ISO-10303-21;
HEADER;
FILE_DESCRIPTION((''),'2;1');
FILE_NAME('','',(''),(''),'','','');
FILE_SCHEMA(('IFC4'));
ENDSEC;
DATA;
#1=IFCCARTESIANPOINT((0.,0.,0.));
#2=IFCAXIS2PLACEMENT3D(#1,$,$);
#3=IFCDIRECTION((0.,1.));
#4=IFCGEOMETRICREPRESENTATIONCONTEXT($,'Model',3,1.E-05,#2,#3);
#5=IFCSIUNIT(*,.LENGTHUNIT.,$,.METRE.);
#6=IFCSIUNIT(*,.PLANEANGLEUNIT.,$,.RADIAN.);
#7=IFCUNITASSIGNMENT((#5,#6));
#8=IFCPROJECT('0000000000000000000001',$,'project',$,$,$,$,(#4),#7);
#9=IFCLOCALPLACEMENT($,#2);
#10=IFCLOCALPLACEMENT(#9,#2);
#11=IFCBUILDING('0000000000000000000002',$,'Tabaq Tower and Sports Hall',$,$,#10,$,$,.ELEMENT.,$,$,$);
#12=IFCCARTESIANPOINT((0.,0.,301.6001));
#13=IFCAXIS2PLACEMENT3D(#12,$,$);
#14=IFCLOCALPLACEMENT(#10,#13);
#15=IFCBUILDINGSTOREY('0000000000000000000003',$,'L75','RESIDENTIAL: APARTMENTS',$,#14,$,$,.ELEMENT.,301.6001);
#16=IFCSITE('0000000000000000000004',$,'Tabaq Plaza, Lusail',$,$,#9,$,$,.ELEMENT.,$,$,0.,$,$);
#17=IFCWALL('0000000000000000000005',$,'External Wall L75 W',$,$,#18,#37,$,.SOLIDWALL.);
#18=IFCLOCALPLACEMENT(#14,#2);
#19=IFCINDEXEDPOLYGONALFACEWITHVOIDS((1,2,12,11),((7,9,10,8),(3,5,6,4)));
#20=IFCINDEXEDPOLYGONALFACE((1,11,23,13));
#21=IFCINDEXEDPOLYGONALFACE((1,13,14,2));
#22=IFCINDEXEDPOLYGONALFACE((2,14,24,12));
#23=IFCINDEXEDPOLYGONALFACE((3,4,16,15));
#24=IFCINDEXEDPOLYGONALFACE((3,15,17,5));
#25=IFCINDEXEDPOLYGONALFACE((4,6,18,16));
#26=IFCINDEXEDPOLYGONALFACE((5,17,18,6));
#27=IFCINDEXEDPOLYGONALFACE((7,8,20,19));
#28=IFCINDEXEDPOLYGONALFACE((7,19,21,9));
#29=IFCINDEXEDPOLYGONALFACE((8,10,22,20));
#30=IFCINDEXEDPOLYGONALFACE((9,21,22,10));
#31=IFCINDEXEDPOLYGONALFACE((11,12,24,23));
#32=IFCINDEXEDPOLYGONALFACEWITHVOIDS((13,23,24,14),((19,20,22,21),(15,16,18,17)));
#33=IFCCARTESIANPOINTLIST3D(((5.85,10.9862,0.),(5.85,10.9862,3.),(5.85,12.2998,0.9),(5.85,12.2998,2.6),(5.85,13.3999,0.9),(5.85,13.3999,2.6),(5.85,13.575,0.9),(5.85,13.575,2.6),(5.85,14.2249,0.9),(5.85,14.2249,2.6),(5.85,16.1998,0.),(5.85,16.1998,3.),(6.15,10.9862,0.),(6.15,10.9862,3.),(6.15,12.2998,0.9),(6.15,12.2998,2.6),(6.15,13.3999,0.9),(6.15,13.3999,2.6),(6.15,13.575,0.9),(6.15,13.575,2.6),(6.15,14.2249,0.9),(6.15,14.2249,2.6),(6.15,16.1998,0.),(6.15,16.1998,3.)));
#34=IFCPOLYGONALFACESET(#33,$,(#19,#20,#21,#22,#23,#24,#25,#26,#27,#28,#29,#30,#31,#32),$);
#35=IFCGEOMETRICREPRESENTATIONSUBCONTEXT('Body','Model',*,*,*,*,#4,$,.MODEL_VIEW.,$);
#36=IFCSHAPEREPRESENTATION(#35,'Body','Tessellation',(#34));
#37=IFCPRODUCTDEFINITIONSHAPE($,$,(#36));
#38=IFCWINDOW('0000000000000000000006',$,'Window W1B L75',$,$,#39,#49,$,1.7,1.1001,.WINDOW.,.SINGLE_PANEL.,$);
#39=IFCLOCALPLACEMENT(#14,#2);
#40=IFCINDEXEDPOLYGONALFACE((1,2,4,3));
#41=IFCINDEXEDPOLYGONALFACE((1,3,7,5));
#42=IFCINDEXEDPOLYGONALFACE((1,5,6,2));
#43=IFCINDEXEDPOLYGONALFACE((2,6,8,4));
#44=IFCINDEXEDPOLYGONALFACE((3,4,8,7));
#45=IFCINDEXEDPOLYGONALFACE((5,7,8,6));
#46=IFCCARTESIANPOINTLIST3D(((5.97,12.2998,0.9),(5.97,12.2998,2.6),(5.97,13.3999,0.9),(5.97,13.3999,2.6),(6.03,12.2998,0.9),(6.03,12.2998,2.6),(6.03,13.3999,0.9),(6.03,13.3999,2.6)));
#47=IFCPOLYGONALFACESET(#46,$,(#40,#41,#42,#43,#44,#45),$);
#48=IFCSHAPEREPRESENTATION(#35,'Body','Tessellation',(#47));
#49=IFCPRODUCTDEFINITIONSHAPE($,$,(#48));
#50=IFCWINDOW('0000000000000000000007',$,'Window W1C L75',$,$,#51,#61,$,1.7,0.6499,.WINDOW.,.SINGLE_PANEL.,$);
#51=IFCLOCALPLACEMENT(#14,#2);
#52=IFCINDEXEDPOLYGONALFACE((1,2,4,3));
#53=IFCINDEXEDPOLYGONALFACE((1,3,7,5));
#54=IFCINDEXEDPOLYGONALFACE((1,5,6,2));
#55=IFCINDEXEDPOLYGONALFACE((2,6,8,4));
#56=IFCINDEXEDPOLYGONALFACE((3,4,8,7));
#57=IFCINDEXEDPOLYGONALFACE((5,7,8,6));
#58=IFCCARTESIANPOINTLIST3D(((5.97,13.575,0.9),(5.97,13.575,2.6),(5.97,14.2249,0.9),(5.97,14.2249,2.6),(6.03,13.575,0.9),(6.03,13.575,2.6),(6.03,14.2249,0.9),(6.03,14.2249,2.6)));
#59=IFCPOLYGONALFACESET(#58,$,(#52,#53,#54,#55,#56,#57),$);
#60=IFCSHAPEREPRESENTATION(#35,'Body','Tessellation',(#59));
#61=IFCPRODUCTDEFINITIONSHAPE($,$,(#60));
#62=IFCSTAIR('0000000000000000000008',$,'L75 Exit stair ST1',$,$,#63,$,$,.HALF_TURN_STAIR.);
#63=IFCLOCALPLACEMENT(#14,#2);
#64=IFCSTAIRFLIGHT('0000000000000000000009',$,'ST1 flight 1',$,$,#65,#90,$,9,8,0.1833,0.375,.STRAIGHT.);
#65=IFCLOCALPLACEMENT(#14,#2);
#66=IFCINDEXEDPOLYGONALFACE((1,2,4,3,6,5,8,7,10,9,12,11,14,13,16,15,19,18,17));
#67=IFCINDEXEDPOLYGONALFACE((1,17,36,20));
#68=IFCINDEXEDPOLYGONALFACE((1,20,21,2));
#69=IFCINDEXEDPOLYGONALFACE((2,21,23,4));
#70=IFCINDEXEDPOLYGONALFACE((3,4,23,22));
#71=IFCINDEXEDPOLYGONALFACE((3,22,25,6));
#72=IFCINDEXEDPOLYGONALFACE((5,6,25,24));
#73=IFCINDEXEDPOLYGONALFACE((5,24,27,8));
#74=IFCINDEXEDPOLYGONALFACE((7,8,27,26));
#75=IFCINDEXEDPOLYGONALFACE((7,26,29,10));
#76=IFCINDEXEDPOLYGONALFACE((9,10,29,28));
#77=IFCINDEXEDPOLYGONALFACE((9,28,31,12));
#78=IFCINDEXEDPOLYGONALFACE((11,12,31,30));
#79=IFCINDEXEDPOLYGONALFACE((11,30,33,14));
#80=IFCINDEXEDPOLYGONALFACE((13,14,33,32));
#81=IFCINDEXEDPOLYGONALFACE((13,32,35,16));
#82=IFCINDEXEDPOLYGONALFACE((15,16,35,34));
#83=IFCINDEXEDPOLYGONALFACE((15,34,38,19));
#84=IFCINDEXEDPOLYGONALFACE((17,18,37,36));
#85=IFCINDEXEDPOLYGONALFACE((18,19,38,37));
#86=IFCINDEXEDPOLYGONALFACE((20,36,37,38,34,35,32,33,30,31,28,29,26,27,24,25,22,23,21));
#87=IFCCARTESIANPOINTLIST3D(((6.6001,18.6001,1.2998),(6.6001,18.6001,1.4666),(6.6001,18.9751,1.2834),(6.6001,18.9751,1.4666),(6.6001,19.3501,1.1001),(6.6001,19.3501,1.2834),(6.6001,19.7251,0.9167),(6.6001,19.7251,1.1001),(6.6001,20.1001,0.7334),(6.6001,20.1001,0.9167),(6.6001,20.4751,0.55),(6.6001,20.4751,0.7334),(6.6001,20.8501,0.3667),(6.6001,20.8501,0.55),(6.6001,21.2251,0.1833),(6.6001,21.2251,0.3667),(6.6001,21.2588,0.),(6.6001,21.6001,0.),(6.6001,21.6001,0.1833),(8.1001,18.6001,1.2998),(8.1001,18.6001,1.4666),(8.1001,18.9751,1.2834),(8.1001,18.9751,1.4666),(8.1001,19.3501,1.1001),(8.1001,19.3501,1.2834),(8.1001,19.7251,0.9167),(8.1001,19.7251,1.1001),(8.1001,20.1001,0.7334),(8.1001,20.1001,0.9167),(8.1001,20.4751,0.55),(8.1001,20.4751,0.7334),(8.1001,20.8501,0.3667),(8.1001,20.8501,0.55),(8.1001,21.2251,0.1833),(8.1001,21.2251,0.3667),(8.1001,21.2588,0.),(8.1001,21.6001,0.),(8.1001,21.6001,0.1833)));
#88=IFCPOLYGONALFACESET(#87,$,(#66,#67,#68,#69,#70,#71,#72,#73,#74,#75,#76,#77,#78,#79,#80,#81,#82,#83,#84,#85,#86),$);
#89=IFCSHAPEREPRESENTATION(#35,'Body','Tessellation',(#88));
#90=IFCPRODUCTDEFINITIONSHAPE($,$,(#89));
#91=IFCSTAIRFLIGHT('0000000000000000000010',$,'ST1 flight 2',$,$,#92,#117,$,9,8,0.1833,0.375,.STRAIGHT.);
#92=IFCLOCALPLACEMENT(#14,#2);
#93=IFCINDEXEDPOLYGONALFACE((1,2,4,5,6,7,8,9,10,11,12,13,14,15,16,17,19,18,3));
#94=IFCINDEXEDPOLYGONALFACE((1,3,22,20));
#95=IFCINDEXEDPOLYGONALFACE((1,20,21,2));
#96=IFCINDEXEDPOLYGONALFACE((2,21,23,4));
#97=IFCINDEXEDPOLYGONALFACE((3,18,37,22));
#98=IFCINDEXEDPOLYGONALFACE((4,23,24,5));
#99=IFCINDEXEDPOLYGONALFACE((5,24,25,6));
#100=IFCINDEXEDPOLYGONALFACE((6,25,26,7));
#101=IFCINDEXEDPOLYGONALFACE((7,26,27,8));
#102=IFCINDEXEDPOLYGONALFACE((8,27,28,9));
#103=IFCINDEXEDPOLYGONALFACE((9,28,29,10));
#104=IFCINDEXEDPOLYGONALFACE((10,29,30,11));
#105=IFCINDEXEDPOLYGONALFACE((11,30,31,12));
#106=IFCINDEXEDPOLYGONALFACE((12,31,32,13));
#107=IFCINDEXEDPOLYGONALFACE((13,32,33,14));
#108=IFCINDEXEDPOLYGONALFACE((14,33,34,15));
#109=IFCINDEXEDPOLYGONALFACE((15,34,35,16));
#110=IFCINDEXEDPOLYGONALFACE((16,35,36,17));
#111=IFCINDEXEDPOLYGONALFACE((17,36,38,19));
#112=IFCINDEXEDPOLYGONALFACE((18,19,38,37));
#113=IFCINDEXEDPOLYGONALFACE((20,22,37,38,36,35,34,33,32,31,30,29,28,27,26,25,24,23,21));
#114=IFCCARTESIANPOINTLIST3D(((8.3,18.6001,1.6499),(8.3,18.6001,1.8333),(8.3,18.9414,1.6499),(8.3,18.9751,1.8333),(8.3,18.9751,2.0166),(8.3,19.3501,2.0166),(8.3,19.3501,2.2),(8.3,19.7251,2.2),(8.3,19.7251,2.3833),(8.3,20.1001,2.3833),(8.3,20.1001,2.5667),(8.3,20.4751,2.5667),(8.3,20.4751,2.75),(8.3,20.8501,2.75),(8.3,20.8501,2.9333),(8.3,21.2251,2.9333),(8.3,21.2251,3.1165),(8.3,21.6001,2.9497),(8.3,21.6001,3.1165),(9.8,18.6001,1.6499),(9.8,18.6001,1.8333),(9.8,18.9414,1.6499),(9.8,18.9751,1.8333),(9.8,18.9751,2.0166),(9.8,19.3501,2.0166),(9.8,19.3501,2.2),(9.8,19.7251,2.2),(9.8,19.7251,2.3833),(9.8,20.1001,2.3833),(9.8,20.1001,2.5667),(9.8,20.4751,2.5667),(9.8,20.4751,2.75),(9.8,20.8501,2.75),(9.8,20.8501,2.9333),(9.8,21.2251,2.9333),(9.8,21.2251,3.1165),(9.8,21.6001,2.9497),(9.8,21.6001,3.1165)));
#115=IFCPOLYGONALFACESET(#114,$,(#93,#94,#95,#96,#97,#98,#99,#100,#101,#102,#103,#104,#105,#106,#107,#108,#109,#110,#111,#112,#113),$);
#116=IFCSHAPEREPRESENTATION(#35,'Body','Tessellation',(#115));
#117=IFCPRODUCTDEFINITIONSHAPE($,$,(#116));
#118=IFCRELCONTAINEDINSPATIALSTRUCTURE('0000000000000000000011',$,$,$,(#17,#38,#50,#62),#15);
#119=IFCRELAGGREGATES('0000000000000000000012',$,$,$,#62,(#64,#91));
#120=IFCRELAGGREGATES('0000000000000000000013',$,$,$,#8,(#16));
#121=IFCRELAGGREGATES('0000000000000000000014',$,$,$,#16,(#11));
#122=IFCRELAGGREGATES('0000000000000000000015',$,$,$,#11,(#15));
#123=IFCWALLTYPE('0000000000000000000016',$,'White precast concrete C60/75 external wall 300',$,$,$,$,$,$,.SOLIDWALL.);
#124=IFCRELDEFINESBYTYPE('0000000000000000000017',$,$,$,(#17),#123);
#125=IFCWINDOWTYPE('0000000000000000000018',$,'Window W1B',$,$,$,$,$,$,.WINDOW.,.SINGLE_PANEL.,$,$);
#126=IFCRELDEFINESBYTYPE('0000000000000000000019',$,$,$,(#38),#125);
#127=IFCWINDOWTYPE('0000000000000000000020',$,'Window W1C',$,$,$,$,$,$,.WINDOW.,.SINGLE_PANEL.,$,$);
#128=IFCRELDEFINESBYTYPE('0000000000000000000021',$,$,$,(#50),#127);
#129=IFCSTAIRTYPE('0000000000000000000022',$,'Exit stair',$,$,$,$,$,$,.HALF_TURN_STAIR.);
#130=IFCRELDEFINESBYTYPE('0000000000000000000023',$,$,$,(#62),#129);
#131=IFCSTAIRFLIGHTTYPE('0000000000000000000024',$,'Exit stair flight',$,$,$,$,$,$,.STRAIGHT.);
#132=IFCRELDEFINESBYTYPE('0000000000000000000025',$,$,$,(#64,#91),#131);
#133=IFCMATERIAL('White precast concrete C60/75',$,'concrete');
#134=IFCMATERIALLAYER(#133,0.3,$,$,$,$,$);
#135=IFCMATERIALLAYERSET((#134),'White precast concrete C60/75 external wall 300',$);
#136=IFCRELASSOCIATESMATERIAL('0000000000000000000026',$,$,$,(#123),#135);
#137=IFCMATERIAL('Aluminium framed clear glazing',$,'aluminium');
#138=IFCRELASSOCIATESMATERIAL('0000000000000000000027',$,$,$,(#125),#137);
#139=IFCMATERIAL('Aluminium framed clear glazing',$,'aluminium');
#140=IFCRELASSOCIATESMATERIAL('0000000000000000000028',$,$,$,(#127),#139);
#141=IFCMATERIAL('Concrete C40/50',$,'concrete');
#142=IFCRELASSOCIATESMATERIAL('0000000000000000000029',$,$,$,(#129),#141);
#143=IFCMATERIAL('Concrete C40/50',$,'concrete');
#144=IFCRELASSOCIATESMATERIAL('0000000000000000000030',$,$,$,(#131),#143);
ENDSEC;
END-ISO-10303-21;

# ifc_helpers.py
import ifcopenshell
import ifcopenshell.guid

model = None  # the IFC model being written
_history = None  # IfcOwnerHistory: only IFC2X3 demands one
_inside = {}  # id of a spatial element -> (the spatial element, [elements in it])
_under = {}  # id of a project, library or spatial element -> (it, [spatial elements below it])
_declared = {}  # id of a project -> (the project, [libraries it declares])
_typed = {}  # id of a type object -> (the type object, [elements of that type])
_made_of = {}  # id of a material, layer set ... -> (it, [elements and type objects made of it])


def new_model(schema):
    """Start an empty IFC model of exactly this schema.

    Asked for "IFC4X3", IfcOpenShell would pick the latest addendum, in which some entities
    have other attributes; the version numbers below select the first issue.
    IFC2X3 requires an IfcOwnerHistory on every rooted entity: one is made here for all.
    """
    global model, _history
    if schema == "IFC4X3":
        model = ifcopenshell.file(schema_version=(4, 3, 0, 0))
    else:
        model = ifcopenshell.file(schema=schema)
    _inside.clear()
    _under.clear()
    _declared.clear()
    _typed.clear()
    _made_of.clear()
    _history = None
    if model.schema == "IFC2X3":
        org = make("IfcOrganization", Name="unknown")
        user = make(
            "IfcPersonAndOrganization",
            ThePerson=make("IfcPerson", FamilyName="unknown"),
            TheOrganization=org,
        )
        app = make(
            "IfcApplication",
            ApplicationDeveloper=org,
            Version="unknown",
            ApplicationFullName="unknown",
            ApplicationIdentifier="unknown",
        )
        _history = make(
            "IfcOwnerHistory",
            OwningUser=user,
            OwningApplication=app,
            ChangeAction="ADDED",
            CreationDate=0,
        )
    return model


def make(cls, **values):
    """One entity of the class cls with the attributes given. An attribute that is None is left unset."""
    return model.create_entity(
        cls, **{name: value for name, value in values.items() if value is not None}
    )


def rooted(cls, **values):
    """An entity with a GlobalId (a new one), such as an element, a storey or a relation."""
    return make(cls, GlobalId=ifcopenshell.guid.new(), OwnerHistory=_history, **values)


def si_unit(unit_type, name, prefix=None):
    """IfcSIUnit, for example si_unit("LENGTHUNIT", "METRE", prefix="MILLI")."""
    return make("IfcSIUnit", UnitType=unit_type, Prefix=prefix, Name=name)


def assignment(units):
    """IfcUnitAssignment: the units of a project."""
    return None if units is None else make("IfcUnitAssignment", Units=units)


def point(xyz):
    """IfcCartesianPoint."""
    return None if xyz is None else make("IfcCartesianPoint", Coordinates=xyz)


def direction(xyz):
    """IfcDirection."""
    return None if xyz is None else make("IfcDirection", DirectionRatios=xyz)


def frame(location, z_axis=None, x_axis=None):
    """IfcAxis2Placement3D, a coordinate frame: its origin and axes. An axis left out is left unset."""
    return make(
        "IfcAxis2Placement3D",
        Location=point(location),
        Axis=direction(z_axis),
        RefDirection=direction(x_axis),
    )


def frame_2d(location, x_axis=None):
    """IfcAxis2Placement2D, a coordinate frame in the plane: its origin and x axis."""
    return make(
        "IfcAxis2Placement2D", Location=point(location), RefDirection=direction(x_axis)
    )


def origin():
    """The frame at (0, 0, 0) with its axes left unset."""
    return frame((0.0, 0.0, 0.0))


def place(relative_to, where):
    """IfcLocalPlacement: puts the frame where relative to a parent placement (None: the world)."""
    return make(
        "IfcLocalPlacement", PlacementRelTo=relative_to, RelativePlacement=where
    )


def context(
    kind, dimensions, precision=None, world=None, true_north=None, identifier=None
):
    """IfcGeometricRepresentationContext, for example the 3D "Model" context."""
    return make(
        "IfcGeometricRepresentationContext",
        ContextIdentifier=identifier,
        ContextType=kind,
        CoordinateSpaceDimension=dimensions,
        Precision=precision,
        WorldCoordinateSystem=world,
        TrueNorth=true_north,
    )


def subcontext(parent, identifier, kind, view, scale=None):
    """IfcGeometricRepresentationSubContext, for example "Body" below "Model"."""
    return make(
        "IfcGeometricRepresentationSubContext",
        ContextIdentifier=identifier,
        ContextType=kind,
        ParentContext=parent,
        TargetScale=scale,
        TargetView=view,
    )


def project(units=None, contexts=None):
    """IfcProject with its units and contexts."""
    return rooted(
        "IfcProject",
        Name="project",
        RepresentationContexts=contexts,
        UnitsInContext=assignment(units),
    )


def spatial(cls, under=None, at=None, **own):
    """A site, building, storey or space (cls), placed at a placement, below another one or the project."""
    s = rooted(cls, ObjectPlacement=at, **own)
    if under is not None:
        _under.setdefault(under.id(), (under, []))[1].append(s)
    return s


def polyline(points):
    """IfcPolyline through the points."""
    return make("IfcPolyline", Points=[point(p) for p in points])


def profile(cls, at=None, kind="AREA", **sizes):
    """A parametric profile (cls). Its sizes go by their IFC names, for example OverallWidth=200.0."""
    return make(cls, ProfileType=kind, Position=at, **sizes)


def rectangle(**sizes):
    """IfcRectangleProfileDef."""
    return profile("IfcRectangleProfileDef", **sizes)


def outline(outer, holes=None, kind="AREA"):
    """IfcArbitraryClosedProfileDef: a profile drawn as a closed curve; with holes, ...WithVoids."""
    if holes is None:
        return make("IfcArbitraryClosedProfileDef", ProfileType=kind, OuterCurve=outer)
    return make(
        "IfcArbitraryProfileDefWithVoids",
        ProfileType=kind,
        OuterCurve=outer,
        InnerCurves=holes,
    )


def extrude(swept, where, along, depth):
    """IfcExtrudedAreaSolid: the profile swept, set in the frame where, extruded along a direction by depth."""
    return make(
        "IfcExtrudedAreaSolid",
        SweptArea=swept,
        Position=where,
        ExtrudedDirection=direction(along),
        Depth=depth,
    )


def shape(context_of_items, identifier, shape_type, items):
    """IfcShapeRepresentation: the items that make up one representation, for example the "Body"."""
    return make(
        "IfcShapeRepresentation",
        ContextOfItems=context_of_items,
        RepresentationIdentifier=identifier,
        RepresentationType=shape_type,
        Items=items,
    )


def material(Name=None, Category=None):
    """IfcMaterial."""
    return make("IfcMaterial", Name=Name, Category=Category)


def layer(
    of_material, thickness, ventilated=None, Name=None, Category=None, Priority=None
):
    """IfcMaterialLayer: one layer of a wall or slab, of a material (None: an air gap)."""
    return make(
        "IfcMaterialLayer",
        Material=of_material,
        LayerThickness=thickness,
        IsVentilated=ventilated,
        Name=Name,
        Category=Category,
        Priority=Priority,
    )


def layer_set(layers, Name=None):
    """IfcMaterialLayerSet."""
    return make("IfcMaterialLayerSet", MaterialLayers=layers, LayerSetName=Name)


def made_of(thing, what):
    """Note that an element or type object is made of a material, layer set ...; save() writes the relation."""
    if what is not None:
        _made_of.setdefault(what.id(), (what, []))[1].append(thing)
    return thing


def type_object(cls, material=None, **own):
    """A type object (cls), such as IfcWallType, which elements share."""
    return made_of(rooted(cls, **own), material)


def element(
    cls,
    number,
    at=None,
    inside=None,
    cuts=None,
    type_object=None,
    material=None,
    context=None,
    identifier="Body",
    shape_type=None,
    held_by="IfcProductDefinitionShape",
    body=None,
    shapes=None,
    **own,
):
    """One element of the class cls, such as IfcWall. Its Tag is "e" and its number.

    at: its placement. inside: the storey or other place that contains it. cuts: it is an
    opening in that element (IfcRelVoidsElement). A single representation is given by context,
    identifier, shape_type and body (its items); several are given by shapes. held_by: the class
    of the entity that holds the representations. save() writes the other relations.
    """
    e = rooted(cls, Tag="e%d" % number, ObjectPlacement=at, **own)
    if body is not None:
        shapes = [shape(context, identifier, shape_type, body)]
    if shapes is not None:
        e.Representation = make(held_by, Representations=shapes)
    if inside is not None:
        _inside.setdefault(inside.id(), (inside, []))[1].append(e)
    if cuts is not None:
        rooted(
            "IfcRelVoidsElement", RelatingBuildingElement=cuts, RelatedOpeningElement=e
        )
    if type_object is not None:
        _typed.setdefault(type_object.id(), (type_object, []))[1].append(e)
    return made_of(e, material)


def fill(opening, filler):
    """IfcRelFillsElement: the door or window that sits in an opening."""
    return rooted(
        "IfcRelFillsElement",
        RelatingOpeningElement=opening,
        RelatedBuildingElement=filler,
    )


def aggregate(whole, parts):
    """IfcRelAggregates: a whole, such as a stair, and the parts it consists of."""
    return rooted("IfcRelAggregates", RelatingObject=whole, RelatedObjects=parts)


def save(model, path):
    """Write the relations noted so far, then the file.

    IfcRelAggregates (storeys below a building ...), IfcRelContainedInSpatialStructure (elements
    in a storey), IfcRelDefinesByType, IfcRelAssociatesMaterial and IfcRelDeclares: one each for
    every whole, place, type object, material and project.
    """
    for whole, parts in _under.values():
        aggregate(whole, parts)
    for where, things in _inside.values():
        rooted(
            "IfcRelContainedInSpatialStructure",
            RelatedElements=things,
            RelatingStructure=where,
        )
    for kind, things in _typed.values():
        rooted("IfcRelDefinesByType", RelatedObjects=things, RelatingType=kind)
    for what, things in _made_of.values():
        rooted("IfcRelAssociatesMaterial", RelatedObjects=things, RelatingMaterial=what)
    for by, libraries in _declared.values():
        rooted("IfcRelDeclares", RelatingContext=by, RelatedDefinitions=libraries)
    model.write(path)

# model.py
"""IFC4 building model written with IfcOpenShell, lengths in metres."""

from ifc_helpers import new_model, si_unit, direction, frame, frame_2d, origin, place, context, subcontext, project, spatial, polyline, rectangle, outline, extrude, material, layer, layer_set, type_object, element, fill, aggregate, save


model = new_model("IFC4")

# Units and contexts
model_context = context("Model", 3, precision=1e-05, world=origin(), true_north=direction((0.0, 1.0)))
body_context = subcontext(model_context, "Body", "Model", "MODEL_VIEW")
ifc_project = project(units=[si_unit("LENGTHUNIT", "METRE"), si_unit("PLANEANGLEUNIT", "RADIAN")], contexts=[model_context])

# Site, building, storey
site_placement = place(None, origin())
site = spatial("IfcSite", under=ifc_project, at=site_placement, Name="Tabaq Plaza, Lusail", CompositionType="ELEMENT", RefElevation=0.0)
building_placement = place(site_placement, origin())
building = spatial("IfcBuilding", under=site, at=building_placement, Name="Tabaq Tower and Sports Hall", CompositionType="ELEMENT")
storey_placement = place(building_placement, frame((0.0, 0.0, 301.6001)))
storey = spatial("IfcBuildingStorey", under=building, at=storey_placement, Name="L75", Description="RESIDENTIAL: APARTMENTS", CompositionType="ELEMENT", Elevation=301.6001)

# Wall, openings, windows
ifc_material_1 = material(Name="White precast concrete C60/75", Category="concrete")
ifc_layer_1 = layer(ifc_material_1, 0.3)
ifc_layer_set_1 = layer_set([ifc_layer_1], Name="White precast concrete C60/75 external wall 300")
wall_type_1 = type_object("IfcWallType", Name="White precast concrete C60/75 external wall 300", PredefinedType="SOLIDWALL", material=ifc_layer_set_1)
wall_1_placement = place(storey_placement, frame((6.0, 16.2, 0.0), z_axis=(0.0, 0.0, 1.0), x_axis=(0.0, -1.0, 0.0)))
wall_1 = element("IfcWall", 1, at=wall_1_placement, inside=storey, type_object=wall_type_1, Name="External Wall L75 W", PredefinedType="SOLIDWALL", context=body_context, shape_type="SweptSolid", body=[
    extrude(rectangle(XDim=5.2136, YDim=0.3, at=frame_2d((2.6069, 0.0))), origin(), (0.0, 0.0, 1.0), 3.0),
])
opening_1_placement = place(wall_1_placement, frame((1.9751, 0.0, 0.8999)))
opening_1 = element("IfcOpeningElement", 2, at=opening_1_placement, cuts=wall_1, PredefinedType="OPENING", context=body_context, shape_type="SweptSolid", body=[
    extrude(rectangle(XDim=0.6499, YDim=1.7, at=frame_2d((0.325, 0.8501))), frame((0.0, 0.1602, 0.0), z_axis=(0.0, -1.0, 0.0), x_axis=(1.0, 0.0, 0.0)), (0.0, 0.0, 1.0), 0.3201),
])
opening_2_placement = place(wall_1_placement, frame((2.8, 0.0, 0.8999)))
opening_2 = element("IfcOpeningElement", 3, at=opening_2_placement, cuts=wall_1, PredefinedType="OPENING", context=body_context, shape_type="SweptSolid", body=[
    extrude(rectangle(XDim=1.1001, YDim=1.7, at=frame_2d((0.55, 0.8501))), frame((0.0, 0.1602, 0.0), z_axis=(0.0, -1.0, 0.0), x_axis=(1.0, 0.0, 0.0)), (0.0, 0.0, 1.0), 0.3201),
])
ifc_material_2 = material(Name="Aluminium framed clear glazing", Category="aluminium")
window_type_1 = type_object("IfcWindowType", Name="Window W1B", PartitioningType="SINGLE_PANEL", PredefinedType="WINDOW", material=ifc_material_2)
window_1_placement = place(opening_2_placement, origin())
window_1 = element("IfcWindow", 4, at=window_1_placement, inside=storey, type_object=window_type_1, Name="Window W1B L75", OverallHeight=1.7, OverallWidth=1.1001, PartitioningType="SINGLE_PANEL", PredefinedType="WINDOW", context=body_context, shape_type="SweptSolid", body=[
    extrude(rectangle(XDim=1.1001, YDim=1.7, at=frame_2d((0.55, 0.8501))), frame((0.0, 0.03, 0.0), z_axis=(0.0, -1.0, 0.0), x_axis=(1.0, 0.0, 0.0)), (0.0, 0.0, 1.0), 0.0601),
])
fill(opening_2, window_1)
ifc_material_3 = material(Name="Aluminium framed clear glazing", Category="aluminium")
window_type_2 = type_object("IfcWindowType", Name="Window W1C", PartitioningType="SINGLE_PANEL", PredefinedType="WINDOW", material=ifc_material_3)
window_2_placement = place(opening_1_placement, origin())
window_2 = element("IfcWindow", 5, at=window_2_placement, inside=storey, type_object=window_type_2, Name="Window W1C L75", OverallHeight=1.7, OverallWidth=0.6499, PartitioningType="SINGLE_PANEL", PredefinedType="WINDOW", context=body_context, shape_type="SweptSolid", body=[
    extrude(rectangle(XDim=0.6499, YDim=1.7, at=frame_2d((0.325, 0.8501))), frame((0.0, 0.03, 0.0), z_axis=(0.0, -1.0, 0.0), x_axis=(1.0, 0.0, 0.0)), (0.0, 0.0, 1.0), 0.0601),
])
fill(opening_1, window_2)

# Stair, stair flights
ifc_material_4 = material(Name="Concrete C40/50", Category="concrete")
stair_type = type_object("IfcStairType", Name="Exit stair", PredefinedType="HALF_TURN_STAIR", material=ifc_material_4)
stair_placement = place(storey_placement, origin())
stair = element("IfcStair", 6, at=stair_placement, inside=storey, type_object=stair_type, Name="L75 Exit stair ST1", PredefinedType="HALF_TURN_STAIR")
ifc_material_5 = material(Name="Concrete C40/50", Category="concrete")
stair_flight_type = type_object("IfcStairFlightType", Name="Exit stair flight", PredefinedType="STRAIGHT", material=ifc_material_5)
stair_flight_1_placement = place(storey_placement, frame((7.3501, 21.6001, 0.0), z_axis=(0.0, 0.0, 1.0), x_axis=(0.0, -1.0, 0.0)))
stair_flight_1 = element("IfcStairFlight", 7, at=stair_flight_1_placement, type_object=stair_flight_type, Name="ST1 flight 1", NumberOfRisers=9, NumberOfTreads=8, PredefinedType="STRAIGHT", RiserHeight=0.1833, TreadLength=0.375, context=body_context, shape_type="SweptSolid", body=[
    extrude(outline(polyline([(0.0, 0.0), (0.0, 0.1833), (0.375, 0.1833), (0.375, 0.3667), (0.75, 0.3667), (0.75, 0.55), (1.125, 0.55), (1.125, 0.7334), (1.5, 0.7334), (1.5, 0.9167), (1.875, 0.9167), (1.875, 1.1001), (2.25, 1.1001), (2.25, 1.2834), (2.625, 1.2834), (2.625, 1.4666), (3.0, 1.4666), (3.0, 1.6499), (3.0, 1.2998), (0.3413, 0.0), (0.0, 0.0)])), frame((0.0, 0.75, 0.0), z_axis=(0.0, -1.0, 0.0), x_axis=(1.0, 0.0, 0.0)), (0.0, 0.0, 1.0), 1.5),
])
stair_flight_2_placement = place(storey_placement, frame((9.05, 18.6001, 1.6499), z_axis=(0.0, 0.0, 1.0), x_axis=(0.0, 1.0, 0.0)))
stair_flight_2 = element("IfcStairFlight", 8, at=stair_flight_2_placement, type_object=stair_flight_type, Name="ST1 flight 2", NumberOfRisers=9, NumberOfTreads=8, PredefinedType="STRAIGHT", RiserHeight=0.1833, TreadLength=0.375, context=body_context, shape_type="SweptSolid", body=[
    extrude(outline(polyline([(0.0, 0.0), (0.0, 0.1833), (0.375, 0.1833), (0.375, 0.3667), (0.75, 0.3667), (0.75, 0.55), (1.125, 0.55), (1.125, 0.7334), (1.5, 0.7334), (1.5, 0.9167), (1.875, 0.9167), (1.875, 1.1001), (2.25, 1.1001), (2.25, 1.2834), (2.625, 1.2834), (2.625, 1.4666), (3.0, 1.4666), (3.0, 1.6499), (3.0, 1.2998), (0.3413, 0.0), (0.0, 0.0)])), frame((0.0, 0.75, 0.0), z_axis=(0.0, -1.0, 0.0), x_axis=(1.0, 0.0, 0.0)), (0.0, 0.0, 1.0), 1.5),
])
aggregate(stair, [stair_flight_1, stair_flight_2])

save(model, "model.ifc")
